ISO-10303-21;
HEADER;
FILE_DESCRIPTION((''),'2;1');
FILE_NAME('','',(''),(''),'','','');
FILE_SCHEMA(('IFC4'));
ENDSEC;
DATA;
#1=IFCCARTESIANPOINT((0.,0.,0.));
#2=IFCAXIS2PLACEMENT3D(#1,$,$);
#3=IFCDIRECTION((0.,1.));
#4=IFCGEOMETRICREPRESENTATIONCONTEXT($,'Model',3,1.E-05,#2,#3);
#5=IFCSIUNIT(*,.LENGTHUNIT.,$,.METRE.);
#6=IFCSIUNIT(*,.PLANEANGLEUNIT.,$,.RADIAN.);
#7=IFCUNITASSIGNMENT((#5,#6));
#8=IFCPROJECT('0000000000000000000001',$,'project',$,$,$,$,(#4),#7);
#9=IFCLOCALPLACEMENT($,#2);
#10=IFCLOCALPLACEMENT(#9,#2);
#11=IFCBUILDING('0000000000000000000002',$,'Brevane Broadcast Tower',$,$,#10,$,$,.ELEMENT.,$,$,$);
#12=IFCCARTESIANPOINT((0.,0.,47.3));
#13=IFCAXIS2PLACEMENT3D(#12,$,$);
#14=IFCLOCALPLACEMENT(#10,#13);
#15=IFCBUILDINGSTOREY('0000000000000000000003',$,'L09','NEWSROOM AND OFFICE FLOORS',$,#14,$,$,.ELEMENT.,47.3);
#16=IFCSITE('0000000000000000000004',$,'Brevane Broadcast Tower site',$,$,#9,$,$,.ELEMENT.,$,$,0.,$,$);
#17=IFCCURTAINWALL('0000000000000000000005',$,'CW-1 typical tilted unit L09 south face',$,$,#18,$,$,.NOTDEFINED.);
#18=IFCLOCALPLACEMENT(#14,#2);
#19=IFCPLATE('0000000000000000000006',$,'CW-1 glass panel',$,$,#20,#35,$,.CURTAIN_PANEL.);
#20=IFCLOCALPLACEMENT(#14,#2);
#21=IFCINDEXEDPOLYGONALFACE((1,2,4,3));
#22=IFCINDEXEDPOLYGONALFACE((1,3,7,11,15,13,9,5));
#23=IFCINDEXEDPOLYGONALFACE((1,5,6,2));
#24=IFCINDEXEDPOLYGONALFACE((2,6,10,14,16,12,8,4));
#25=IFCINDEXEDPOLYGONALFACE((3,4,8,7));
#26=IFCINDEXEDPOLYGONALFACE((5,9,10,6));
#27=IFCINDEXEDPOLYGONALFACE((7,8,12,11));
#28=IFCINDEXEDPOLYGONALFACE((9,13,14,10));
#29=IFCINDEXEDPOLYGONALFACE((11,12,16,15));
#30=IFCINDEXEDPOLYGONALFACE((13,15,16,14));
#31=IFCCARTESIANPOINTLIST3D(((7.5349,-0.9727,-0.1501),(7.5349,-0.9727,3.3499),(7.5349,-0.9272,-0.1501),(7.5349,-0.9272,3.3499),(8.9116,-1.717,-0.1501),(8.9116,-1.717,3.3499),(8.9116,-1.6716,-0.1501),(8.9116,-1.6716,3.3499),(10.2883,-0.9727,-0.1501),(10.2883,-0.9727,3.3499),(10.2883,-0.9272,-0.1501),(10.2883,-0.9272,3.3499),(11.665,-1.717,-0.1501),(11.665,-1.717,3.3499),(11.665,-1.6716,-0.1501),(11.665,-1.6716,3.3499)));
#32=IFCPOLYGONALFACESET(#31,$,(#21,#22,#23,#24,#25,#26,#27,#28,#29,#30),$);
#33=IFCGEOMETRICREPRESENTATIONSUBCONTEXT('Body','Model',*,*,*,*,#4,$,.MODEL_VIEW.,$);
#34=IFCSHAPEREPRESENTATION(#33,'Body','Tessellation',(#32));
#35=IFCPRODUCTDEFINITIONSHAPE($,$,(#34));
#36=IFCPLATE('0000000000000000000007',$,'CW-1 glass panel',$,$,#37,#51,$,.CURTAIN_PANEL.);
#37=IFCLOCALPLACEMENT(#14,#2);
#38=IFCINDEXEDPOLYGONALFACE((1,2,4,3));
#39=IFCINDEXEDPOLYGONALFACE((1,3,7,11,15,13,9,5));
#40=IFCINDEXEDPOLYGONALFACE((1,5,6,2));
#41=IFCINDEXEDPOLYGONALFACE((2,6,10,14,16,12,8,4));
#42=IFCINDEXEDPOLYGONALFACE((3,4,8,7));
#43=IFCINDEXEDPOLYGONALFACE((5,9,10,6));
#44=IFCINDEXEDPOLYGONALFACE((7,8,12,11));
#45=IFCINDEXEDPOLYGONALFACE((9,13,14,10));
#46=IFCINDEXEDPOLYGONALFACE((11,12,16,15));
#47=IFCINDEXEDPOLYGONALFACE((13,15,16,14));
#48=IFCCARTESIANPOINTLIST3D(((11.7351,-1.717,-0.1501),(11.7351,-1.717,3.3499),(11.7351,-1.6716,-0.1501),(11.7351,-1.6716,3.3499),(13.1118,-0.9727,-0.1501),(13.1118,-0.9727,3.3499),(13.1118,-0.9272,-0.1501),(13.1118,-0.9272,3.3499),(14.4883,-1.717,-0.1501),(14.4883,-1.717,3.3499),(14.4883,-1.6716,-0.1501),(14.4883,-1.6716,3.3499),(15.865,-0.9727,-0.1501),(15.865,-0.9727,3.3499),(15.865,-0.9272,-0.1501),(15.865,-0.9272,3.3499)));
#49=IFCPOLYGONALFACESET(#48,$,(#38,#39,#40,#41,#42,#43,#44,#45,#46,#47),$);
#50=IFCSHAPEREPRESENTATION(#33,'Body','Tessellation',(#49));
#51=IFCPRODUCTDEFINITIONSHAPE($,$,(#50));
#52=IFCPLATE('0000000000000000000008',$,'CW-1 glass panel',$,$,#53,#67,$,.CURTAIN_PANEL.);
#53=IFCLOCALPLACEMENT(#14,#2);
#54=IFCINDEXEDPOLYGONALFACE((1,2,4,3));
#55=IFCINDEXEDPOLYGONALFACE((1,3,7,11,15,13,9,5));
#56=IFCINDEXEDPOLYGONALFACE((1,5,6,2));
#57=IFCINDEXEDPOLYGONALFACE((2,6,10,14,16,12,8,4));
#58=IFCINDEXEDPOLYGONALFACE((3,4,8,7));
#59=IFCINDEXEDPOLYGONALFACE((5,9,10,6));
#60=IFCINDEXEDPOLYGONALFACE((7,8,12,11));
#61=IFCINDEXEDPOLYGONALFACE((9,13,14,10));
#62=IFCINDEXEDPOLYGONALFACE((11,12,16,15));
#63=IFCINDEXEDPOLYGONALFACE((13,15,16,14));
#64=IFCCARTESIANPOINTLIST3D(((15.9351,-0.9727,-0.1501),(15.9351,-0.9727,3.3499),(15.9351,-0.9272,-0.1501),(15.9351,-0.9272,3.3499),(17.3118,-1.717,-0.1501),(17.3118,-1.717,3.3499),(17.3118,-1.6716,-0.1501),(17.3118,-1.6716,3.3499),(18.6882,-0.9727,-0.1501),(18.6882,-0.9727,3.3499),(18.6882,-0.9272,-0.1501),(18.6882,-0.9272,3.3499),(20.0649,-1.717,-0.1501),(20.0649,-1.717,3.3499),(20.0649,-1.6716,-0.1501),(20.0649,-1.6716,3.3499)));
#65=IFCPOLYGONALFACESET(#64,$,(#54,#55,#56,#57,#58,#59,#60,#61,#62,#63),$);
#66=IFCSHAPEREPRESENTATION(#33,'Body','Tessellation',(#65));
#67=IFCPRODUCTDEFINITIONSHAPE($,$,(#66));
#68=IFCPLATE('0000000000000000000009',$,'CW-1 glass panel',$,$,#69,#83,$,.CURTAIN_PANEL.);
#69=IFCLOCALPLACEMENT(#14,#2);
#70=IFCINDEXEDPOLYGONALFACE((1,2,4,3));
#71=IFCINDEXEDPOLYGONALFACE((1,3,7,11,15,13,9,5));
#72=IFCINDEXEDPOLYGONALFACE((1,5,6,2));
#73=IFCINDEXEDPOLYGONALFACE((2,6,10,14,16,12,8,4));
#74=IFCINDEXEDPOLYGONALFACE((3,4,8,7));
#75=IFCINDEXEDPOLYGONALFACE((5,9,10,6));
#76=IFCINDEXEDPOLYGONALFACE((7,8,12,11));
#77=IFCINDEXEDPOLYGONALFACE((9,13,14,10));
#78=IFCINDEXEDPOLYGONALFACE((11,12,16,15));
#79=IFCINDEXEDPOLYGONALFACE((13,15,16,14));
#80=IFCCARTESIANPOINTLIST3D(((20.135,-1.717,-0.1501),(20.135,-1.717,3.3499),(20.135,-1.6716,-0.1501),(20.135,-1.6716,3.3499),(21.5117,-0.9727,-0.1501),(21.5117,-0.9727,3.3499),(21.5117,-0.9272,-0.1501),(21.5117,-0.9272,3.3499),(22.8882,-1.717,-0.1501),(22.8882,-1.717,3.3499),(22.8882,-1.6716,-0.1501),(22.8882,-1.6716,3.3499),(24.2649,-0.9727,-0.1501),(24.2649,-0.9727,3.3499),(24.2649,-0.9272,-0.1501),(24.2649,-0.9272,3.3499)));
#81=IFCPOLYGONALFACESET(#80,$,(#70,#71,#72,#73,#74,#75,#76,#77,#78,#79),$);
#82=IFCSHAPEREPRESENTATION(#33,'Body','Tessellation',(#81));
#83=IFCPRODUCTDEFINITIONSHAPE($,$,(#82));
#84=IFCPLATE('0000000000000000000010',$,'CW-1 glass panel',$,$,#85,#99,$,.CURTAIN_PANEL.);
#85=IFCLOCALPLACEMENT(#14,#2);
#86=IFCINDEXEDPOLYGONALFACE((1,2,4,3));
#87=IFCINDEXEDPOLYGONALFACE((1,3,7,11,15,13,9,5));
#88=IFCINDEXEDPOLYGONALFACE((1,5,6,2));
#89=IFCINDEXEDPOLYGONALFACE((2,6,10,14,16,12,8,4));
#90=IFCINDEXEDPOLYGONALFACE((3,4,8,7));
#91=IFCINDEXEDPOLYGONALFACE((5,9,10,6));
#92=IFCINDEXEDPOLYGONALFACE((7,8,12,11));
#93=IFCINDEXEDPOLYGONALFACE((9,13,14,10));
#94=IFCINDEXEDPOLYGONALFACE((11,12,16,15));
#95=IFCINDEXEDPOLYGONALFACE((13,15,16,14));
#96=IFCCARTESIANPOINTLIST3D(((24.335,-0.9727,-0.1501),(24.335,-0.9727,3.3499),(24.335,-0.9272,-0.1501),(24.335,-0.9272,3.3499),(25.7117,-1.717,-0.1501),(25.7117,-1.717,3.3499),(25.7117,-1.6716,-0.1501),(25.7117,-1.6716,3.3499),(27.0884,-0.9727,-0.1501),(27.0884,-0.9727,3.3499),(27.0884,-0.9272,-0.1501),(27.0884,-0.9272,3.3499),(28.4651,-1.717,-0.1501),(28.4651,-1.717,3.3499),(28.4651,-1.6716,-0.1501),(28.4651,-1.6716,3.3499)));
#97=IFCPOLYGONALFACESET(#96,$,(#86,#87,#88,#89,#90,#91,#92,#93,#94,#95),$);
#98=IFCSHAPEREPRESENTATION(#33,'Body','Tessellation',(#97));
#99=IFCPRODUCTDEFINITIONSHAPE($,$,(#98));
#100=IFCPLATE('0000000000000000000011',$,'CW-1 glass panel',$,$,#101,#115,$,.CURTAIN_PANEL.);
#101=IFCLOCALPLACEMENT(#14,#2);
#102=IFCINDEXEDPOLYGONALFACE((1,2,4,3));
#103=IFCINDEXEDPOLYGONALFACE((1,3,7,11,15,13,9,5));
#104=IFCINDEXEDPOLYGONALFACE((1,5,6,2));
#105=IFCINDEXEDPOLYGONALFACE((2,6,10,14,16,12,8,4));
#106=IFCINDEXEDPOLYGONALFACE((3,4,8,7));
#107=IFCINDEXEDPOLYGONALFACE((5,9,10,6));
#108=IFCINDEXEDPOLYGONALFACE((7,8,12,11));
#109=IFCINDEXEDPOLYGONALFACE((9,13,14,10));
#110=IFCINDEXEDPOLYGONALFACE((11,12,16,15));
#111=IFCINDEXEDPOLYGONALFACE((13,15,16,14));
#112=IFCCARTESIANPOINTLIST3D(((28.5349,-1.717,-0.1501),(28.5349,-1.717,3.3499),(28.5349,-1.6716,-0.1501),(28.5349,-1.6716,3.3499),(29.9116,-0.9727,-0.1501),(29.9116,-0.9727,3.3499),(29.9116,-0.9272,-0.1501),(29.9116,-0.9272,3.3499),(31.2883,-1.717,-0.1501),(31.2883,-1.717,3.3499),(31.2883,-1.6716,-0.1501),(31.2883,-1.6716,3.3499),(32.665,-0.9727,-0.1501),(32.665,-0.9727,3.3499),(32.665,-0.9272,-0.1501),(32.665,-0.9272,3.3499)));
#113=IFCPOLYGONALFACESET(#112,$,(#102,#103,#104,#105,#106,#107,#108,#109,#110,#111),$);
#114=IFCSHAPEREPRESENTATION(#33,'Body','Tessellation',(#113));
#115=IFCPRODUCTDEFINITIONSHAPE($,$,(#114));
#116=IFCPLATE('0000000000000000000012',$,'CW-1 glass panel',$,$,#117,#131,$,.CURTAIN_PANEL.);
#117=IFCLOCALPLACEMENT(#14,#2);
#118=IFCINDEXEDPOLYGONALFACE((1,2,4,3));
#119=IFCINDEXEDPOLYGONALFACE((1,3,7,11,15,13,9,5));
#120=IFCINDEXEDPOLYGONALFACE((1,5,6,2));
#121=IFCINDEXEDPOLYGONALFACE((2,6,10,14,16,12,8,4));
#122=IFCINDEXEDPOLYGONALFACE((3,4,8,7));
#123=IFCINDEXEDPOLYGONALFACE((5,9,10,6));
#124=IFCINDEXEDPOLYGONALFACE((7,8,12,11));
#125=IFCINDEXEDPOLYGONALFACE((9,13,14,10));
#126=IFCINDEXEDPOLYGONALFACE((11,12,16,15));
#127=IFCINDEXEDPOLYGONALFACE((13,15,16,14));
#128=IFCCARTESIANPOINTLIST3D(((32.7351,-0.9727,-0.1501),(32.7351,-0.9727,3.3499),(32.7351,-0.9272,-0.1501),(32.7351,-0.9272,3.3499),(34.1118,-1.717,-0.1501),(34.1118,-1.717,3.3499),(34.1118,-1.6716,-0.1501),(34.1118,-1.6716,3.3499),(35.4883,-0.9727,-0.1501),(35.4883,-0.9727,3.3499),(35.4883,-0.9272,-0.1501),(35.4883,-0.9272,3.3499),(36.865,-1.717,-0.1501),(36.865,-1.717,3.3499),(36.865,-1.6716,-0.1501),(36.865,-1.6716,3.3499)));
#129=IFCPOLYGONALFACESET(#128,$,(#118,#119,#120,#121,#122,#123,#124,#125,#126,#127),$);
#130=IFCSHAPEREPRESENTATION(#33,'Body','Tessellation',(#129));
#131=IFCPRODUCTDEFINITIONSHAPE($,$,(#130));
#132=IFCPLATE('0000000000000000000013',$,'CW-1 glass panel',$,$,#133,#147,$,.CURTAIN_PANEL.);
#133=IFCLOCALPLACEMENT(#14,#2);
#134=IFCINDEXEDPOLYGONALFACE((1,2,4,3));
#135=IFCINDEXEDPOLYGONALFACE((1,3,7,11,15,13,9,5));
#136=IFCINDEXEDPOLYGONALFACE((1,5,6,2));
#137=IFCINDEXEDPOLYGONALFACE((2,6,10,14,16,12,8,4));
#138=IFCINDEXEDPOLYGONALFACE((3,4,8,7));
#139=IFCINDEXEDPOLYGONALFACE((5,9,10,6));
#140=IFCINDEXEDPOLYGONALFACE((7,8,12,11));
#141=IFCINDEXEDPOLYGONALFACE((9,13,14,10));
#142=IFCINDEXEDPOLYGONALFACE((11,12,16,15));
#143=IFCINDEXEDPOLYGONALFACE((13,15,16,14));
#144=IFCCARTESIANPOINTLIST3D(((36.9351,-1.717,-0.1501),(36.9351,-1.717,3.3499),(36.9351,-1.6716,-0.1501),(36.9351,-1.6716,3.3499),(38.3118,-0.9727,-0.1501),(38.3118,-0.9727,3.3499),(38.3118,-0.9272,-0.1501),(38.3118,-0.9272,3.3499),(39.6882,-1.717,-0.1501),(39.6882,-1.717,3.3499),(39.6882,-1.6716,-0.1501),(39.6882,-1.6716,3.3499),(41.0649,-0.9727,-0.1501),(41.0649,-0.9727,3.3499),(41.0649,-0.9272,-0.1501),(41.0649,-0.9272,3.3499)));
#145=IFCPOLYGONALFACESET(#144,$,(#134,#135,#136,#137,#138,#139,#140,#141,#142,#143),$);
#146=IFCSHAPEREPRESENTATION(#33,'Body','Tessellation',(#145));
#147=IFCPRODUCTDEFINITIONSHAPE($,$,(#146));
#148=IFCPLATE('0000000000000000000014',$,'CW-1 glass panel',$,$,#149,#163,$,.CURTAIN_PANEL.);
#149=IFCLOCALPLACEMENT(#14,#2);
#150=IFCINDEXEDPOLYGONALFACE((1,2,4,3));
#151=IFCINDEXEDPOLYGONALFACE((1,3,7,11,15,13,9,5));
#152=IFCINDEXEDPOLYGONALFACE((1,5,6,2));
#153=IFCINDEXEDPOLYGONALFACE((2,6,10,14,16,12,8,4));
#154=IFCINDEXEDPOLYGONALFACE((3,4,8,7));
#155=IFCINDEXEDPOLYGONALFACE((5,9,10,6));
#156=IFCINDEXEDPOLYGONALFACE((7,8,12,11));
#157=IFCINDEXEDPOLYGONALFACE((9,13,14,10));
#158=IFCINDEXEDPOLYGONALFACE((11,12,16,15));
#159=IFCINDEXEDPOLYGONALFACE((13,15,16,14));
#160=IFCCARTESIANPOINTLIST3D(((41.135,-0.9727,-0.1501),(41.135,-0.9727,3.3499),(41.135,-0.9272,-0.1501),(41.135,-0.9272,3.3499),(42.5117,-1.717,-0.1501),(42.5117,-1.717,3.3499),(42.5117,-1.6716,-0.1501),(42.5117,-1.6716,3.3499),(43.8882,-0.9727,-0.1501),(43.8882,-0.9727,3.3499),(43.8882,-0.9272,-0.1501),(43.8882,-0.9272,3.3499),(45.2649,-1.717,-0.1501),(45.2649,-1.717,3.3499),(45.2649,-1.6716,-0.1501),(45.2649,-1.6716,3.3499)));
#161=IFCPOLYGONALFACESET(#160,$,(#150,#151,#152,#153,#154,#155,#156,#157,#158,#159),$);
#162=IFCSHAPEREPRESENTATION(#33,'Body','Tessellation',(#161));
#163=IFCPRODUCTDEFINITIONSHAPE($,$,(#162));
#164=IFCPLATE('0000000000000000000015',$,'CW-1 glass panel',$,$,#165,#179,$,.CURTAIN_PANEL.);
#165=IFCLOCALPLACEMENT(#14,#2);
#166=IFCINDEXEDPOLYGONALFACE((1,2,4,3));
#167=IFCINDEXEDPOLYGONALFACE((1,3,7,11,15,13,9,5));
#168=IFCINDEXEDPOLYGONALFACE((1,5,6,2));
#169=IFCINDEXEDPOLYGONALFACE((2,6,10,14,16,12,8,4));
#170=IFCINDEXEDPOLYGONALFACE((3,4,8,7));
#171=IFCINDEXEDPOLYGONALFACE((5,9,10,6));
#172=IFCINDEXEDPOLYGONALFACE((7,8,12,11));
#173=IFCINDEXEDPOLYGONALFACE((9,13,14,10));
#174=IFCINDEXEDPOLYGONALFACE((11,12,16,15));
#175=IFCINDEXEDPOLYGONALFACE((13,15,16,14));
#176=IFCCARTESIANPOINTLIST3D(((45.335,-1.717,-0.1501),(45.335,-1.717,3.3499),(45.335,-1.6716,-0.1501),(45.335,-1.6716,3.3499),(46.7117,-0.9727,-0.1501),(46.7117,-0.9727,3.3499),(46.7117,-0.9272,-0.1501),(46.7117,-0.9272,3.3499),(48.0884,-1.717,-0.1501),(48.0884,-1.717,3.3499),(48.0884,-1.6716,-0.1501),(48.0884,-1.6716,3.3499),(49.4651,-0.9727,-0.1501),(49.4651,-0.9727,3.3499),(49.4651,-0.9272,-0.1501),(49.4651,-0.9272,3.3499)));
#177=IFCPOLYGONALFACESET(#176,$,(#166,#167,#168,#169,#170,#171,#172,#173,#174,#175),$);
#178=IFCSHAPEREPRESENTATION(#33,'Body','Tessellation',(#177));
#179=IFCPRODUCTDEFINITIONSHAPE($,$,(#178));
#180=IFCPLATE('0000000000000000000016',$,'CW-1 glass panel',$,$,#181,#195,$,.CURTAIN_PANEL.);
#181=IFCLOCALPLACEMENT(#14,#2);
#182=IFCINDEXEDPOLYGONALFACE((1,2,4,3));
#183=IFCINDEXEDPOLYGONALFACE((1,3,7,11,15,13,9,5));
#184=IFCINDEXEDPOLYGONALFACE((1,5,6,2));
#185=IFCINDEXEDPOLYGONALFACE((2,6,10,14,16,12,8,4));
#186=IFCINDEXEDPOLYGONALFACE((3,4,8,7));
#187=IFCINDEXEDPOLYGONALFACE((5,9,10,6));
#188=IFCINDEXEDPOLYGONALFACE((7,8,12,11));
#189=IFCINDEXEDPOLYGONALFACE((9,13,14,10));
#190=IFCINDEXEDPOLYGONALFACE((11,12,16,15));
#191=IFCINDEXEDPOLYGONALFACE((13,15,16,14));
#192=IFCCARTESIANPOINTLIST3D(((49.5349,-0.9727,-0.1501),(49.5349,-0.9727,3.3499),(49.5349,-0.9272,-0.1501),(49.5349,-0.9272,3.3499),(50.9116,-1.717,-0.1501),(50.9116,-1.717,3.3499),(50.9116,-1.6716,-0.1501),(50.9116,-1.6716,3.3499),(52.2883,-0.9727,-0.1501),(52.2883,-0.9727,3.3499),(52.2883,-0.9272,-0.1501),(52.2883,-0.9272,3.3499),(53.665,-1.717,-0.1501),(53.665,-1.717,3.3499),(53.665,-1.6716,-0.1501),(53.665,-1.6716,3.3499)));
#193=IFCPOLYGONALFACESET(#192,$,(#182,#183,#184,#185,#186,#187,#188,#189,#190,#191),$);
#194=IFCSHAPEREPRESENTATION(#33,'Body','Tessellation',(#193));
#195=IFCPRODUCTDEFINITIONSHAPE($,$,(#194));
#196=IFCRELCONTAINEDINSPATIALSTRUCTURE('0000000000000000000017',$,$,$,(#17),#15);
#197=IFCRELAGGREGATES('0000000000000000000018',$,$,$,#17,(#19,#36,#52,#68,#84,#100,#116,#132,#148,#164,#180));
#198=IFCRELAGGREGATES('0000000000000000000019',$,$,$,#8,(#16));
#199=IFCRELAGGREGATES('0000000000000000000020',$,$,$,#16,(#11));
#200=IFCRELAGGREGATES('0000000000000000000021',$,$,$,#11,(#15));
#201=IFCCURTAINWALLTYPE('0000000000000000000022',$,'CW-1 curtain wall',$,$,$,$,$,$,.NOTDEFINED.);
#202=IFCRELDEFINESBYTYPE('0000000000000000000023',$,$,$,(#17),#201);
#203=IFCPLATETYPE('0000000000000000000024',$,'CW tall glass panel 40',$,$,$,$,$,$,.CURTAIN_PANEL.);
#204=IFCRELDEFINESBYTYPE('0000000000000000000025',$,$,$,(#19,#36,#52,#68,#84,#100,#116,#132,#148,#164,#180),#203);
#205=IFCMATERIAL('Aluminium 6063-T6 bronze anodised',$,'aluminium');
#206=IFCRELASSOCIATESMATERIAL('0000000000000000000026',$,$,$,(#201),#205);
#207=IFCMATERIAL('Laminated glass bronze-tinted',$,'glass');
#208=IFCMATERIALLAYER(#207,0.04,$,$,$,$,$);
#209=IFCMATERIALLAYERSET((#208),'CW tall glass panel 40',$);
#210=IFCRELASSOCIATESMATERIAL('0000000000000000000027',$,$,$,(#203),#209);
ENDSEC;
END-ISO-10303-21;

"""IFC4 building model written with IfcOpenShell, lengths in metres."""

from ifc_helpers import new_model, si_unit, direction, frame, origin, place, context, subcontext, project, spatial, polyline, outline, extrude, material, layer, layer_set, type_object, element, aggregate, save


model = new_model("IFC4")

# Units and contexts
model_context = context("Model", 3, precision=1e-05, world=origin(), true_north=direction((0.0, 1.0)))
body_context = subcontext(model_context, "Body", "Model", "MODEL_VIEW")
ifc_project = project(units=[si_unit("LENGTHUNIT", "METRE"), si_unit("PLANEANGLEUNIT", "RADIAN")], contexts=[model_context])

# Site, building, storey
site_placement = place(None, origin())
site = spatial("IfcSite", under=ifc_project, at=site_placement, Name="Brevane Broadcast Tower site", CompositionType="ELEMENT", RefElevation=0.0)
building_placement = place(site_placement, origin())
building = spatial("IfcBuilding", under=site, at=building_placement, Name="Brevane Broadcast Tower", CompositionType="ELEMENT")
storey_placement = place(building_placement, frame((0.0, 0.0, 47.3)))
storey = spatial("IfcBuildingStorey", under=building, at=storey_placement, Name="L09", Description="NEWSROOM AND OFFICE FLOORS", CompositionType="ELEMENT", Elevation=47.3)

# Curtain wall, plates
ifc_material_1 = material(Name="Aluminium 6063-T6 bronze anodised", Category="aluminium")
curtain_wall_type = type_object("IfcCurtainWallType", Name="CW-1 curtain wall", PredefinedType="NOTDEFINED", material=ifc_material_1)
curtain_wall_1_placement = place(storey_placement, origin())
curtain_wall_1 = element("IfcCurtainWall", 1, at=curtain_wall_1_placement, inside=storey, type_object=curtain_wall_type, Name="CW-1 typical tilted unit L09 south face", PredefinedType="NOTDEFINED")
ifc_material_2 = material(Name="Laminated glass bronze-tinted", Category="glass")
ifc_layer = layer(ifc_material_2, 0.04)
ifc_layer_set = layer_set([ifc_layer], Name="CW tall glass panel 40")
plate_type = type_object("IfcPlateType", Name="CW tall glass panel 40", PredefinedType="CURTAIN_PANEL", material=ifc_layer_set)
plate_1_placement = place(storey_placement, frame((0.0, 0.0, -0.1501)))
plate_1 = element("IfcPlate", 2, at=plate_1_placement, type_object=plate_type, Name="CW-1 glass panel", PredefinedType="CURTAIN_PANEL", context=body_context, shape_type="SweptSolid", body=[
    extrude(outline(polyline([(7.5349, -0.9272), (7.5349, -0.9727), (8.9116, -1.717), (10.2883, -0.9727), (11.665, -1.717), (11.665, -1.6716), (10.2883, -0.9272), (8.9116, -1.6716), (7.5349, -0.9272)])), origin(), (0.0, 0.0, 1.0), 3.5),
])
plate_2_placement = place(storey_placement, frame((0.0, 0.0, -0.1501)))
plate_2 = element("IfcPlate", 3, at=plate_2_placement, type_object=plate_type, Name="CW-1 glass panel", PredefinedType="CURTAIN_PANEL", context=body_context, shape_type="SweptSolid", body=[
    extrude(outline(polyline([(11.7351, -1.6716), (11.7351, -1.717), (13.1118, -0.9727), (14.4883, -1.717), (15.865, -0.9727), (15.865, -0.9272), (14.4883, -1.6716), (13.1118, -0.9272), (11.7351, -1.6716)])), origin(), (0.0, 0.0, 1.0), 3.5),
])
plate_3_placement = place(storey_placement, frame((0.0, 0.0, -0.1501)))
plate_3 = element("IfcPlate", 4, at=plate_3_placement, type_object=plate_type, Name="CW-1 glass panel", PredefinedType="CURTAIN_PANEL", context=body_context, shape_type="SweptSolid", body=[
    extrude(outline(polyline([(15.9351, -0.9272), (15.9351, -0.9727), (17.3118, -1.717), (18.6882, -0.9727), (20.0649, -1.717), (20.0649, -1.6716), (18.6882, -0.9272), (17.3118, -1.6716), (15.9351, -0.9272)])), origin(), (0.0, 0.0, 1.0), 3.5),
])
plate_4_placement = place(storey_placement, frame((0.0, 0.0, -0.1501)))
plate_4 = element("IfcPlate", 5, at=plate_4_placement, type_object=plate_type, Name="CW-1 glass panel", PredefinedType="CURTAIN_PANEL", context=body_context, shape_type="SweptSolid", body=[
    extrude(outline(polyline([(20.135, -1.6716), (20.135, -1.717), (21.5117, -0.9727), (22.8882, -1.717), (24.2649, -0.9727), (24.2649, -0.9272), (22.8882, -1.6716), (21.5117, -0.9272), (20.135, -1.6716)])), origin(), (0.0, 0.0, 1.0), 3.5),
])
plate_5_placement = place(storey_placement, frame((0.0, 0.0, -0.1501)))
plate_5 = element("IfcPlate", 6, at=plate_5_placement, type_object=plate_type, Name="CW-1 glass panel", PredefinedType="CURTAIN_PANEL", context=body_context, shape_type="SweptSolid", body=[
    extrude(outline(polyline([(24.335, -0.9272), (24.335, -0.9727), (25.7117, -1.717), (27.0884, -0.9727), (28.4651, -1.717), (28.4651, -1.6716), (27.0884, -0.9272), (25.7117, -1.6716), (24.335, -0.9272)])), origin(), (0.0, 0.0, 1.0), 3.5),
])
plate_6_placement = place(storey_placement, frame((0.0, 0.0, -0.1501)))
plate_6 = element("IfcPlate", 7, at=plate_6_placement, type_object=plate_type, Name="CW-1 glass panel", PredefinedType="CURTAIN_PANEL", context=body_context, shape_type="SweptSolid", body=[
    extrude(outline(polyline([(28.5349, -1.6716), (28.5349, -1.717), (29.9116, -0.9727), (31.2883, -1.717), (32.665, -0.9727), (32.665, -0.9272), (31.2883, -1.6716), (29.9116, -0.9272), (28.5349, -1.6716)])), origin(), (0.0, 0.0, 1.0), 3.5),
])
plate_7_placement = place(storey_placement, frame((0.0, 0.0, -0.1501)))
plate_7 = element("IfcPlate", 8, at=plate_7_placement, type_object=plate_type, Name="CW-1 glass panel", PredefinedType="CURTAIN_PANEL", context=body_context, shape_type="SweptSolid", body=[
    extrude(outline(polyline([(32.7351, -0.9272), (32.7351, -0.9727), (34.1118, -1.717), (35.4883, -0.9727), (36.865, -1.717), (36.865, -1.6716), (35.4883, -0.9272), (34.1118, -1.6716), (32.7351, -0.9272)])), origin(), (0.0, 0.0, 1.0), 3.5),
])
plate_8_placement = place(storey_placement, frame((0.0, 0.0, -0.1501)))
plate_8 = element("IfcPlate", 9, at=plate_8_placement, type_object=plate_type, Name="CW-1 glass panel", PredefinedType="CURTAIN_PANEL", context=body_context, shape_type="SweptSolid", body=[
    extrude(outline(polyline([(36.9351, -1.6716), (36.9351, -1.717), (38.3118, -0.9727), (39.6882, -1.717), (41.0649, -0.9727), (41.0649, -0.9272), (39.6882, -1.6716), (38.3118, -0.9272), (36.9351, -1.6716)])), origin(), (0.0, 0.0, 1.0), 3.5),
])
plate_9_placement = place(storey_placement, frame((0.0, 0.0, -0.1501)))
plate_9 = element("IfcPlate", 10, at=plate_9_placement, type_object=plate_type, Name="CW-1 glass panel", PredefinedType="CURTAIN_PANEL", context=body_context, shape_type="SweptSolid", body=[
    extrude(outline(polyline([(41.135, -0.9272), (41.135, -0.9727), (42.5117, -1.717), (43.8882, -0.9727), (45.2649, -1.717), (45.2649, -1.6716), (43.8882, -0.9272), (42.5117, -1.6716), (41.135, -0.9272)])), origin(), (0.0, 0.0, 1.0), 3.5),
])
plate_10_placement = place(storey_placement, frame((0.0, 0.0, -0.1501)))
plate_10 = element("IfcPlate", 11, at=plate_10_placement, type_object=plate_type, Name="CW-1 glass panel", PredefinedType="CURTAIN_PANEL", context=body_context, shape_type="SweptSolid", body=[
    extrude(outline(polyline([(45.335, -1.6716), (45.335, -1.717), (46.7117, -0.9727), (48.0884, -1.717), (49.4651, -0.9727), (49.4651, -0.9272), (48.0884, -1.6716), (46.7117, -0.9272), (45.335, -1.6716)])), origin(), (0.0, 0.0, 1.0), 3.5),
])
plate_11_placement = place(storey_placement, frame((0.0, 0.0, -0.1501)))
plate_11 = element("IfcPlate", 12, at=plate_11_placement, type_object=plate_type, Name="CW-1 glass panel", PredefinedType="CURTAIN_PANEL", context=body_context, shape_type="SweptSolid", body=[
    extrude(outline(polyline([(49.5349, -0.9272), (49.5349, -0.9727), (50.9116, -1.717), (52.2883, -0.9727), (53.665, -1.717), (53.665, -1.6716), (52.2883, -0.9272), (50.9116, -1.6716), (49.5349, -0.9272)])), origin(), (0.0, 0.0, 1.0), 3.5),
])
aggregate(curtain_wall_1, [plate_1, plate_2, plate_3, plate_4, plate_5, plate_6, plate_7, plate_8, plate_9, plate_10, plate_11])

save(model, "model.ifc")
